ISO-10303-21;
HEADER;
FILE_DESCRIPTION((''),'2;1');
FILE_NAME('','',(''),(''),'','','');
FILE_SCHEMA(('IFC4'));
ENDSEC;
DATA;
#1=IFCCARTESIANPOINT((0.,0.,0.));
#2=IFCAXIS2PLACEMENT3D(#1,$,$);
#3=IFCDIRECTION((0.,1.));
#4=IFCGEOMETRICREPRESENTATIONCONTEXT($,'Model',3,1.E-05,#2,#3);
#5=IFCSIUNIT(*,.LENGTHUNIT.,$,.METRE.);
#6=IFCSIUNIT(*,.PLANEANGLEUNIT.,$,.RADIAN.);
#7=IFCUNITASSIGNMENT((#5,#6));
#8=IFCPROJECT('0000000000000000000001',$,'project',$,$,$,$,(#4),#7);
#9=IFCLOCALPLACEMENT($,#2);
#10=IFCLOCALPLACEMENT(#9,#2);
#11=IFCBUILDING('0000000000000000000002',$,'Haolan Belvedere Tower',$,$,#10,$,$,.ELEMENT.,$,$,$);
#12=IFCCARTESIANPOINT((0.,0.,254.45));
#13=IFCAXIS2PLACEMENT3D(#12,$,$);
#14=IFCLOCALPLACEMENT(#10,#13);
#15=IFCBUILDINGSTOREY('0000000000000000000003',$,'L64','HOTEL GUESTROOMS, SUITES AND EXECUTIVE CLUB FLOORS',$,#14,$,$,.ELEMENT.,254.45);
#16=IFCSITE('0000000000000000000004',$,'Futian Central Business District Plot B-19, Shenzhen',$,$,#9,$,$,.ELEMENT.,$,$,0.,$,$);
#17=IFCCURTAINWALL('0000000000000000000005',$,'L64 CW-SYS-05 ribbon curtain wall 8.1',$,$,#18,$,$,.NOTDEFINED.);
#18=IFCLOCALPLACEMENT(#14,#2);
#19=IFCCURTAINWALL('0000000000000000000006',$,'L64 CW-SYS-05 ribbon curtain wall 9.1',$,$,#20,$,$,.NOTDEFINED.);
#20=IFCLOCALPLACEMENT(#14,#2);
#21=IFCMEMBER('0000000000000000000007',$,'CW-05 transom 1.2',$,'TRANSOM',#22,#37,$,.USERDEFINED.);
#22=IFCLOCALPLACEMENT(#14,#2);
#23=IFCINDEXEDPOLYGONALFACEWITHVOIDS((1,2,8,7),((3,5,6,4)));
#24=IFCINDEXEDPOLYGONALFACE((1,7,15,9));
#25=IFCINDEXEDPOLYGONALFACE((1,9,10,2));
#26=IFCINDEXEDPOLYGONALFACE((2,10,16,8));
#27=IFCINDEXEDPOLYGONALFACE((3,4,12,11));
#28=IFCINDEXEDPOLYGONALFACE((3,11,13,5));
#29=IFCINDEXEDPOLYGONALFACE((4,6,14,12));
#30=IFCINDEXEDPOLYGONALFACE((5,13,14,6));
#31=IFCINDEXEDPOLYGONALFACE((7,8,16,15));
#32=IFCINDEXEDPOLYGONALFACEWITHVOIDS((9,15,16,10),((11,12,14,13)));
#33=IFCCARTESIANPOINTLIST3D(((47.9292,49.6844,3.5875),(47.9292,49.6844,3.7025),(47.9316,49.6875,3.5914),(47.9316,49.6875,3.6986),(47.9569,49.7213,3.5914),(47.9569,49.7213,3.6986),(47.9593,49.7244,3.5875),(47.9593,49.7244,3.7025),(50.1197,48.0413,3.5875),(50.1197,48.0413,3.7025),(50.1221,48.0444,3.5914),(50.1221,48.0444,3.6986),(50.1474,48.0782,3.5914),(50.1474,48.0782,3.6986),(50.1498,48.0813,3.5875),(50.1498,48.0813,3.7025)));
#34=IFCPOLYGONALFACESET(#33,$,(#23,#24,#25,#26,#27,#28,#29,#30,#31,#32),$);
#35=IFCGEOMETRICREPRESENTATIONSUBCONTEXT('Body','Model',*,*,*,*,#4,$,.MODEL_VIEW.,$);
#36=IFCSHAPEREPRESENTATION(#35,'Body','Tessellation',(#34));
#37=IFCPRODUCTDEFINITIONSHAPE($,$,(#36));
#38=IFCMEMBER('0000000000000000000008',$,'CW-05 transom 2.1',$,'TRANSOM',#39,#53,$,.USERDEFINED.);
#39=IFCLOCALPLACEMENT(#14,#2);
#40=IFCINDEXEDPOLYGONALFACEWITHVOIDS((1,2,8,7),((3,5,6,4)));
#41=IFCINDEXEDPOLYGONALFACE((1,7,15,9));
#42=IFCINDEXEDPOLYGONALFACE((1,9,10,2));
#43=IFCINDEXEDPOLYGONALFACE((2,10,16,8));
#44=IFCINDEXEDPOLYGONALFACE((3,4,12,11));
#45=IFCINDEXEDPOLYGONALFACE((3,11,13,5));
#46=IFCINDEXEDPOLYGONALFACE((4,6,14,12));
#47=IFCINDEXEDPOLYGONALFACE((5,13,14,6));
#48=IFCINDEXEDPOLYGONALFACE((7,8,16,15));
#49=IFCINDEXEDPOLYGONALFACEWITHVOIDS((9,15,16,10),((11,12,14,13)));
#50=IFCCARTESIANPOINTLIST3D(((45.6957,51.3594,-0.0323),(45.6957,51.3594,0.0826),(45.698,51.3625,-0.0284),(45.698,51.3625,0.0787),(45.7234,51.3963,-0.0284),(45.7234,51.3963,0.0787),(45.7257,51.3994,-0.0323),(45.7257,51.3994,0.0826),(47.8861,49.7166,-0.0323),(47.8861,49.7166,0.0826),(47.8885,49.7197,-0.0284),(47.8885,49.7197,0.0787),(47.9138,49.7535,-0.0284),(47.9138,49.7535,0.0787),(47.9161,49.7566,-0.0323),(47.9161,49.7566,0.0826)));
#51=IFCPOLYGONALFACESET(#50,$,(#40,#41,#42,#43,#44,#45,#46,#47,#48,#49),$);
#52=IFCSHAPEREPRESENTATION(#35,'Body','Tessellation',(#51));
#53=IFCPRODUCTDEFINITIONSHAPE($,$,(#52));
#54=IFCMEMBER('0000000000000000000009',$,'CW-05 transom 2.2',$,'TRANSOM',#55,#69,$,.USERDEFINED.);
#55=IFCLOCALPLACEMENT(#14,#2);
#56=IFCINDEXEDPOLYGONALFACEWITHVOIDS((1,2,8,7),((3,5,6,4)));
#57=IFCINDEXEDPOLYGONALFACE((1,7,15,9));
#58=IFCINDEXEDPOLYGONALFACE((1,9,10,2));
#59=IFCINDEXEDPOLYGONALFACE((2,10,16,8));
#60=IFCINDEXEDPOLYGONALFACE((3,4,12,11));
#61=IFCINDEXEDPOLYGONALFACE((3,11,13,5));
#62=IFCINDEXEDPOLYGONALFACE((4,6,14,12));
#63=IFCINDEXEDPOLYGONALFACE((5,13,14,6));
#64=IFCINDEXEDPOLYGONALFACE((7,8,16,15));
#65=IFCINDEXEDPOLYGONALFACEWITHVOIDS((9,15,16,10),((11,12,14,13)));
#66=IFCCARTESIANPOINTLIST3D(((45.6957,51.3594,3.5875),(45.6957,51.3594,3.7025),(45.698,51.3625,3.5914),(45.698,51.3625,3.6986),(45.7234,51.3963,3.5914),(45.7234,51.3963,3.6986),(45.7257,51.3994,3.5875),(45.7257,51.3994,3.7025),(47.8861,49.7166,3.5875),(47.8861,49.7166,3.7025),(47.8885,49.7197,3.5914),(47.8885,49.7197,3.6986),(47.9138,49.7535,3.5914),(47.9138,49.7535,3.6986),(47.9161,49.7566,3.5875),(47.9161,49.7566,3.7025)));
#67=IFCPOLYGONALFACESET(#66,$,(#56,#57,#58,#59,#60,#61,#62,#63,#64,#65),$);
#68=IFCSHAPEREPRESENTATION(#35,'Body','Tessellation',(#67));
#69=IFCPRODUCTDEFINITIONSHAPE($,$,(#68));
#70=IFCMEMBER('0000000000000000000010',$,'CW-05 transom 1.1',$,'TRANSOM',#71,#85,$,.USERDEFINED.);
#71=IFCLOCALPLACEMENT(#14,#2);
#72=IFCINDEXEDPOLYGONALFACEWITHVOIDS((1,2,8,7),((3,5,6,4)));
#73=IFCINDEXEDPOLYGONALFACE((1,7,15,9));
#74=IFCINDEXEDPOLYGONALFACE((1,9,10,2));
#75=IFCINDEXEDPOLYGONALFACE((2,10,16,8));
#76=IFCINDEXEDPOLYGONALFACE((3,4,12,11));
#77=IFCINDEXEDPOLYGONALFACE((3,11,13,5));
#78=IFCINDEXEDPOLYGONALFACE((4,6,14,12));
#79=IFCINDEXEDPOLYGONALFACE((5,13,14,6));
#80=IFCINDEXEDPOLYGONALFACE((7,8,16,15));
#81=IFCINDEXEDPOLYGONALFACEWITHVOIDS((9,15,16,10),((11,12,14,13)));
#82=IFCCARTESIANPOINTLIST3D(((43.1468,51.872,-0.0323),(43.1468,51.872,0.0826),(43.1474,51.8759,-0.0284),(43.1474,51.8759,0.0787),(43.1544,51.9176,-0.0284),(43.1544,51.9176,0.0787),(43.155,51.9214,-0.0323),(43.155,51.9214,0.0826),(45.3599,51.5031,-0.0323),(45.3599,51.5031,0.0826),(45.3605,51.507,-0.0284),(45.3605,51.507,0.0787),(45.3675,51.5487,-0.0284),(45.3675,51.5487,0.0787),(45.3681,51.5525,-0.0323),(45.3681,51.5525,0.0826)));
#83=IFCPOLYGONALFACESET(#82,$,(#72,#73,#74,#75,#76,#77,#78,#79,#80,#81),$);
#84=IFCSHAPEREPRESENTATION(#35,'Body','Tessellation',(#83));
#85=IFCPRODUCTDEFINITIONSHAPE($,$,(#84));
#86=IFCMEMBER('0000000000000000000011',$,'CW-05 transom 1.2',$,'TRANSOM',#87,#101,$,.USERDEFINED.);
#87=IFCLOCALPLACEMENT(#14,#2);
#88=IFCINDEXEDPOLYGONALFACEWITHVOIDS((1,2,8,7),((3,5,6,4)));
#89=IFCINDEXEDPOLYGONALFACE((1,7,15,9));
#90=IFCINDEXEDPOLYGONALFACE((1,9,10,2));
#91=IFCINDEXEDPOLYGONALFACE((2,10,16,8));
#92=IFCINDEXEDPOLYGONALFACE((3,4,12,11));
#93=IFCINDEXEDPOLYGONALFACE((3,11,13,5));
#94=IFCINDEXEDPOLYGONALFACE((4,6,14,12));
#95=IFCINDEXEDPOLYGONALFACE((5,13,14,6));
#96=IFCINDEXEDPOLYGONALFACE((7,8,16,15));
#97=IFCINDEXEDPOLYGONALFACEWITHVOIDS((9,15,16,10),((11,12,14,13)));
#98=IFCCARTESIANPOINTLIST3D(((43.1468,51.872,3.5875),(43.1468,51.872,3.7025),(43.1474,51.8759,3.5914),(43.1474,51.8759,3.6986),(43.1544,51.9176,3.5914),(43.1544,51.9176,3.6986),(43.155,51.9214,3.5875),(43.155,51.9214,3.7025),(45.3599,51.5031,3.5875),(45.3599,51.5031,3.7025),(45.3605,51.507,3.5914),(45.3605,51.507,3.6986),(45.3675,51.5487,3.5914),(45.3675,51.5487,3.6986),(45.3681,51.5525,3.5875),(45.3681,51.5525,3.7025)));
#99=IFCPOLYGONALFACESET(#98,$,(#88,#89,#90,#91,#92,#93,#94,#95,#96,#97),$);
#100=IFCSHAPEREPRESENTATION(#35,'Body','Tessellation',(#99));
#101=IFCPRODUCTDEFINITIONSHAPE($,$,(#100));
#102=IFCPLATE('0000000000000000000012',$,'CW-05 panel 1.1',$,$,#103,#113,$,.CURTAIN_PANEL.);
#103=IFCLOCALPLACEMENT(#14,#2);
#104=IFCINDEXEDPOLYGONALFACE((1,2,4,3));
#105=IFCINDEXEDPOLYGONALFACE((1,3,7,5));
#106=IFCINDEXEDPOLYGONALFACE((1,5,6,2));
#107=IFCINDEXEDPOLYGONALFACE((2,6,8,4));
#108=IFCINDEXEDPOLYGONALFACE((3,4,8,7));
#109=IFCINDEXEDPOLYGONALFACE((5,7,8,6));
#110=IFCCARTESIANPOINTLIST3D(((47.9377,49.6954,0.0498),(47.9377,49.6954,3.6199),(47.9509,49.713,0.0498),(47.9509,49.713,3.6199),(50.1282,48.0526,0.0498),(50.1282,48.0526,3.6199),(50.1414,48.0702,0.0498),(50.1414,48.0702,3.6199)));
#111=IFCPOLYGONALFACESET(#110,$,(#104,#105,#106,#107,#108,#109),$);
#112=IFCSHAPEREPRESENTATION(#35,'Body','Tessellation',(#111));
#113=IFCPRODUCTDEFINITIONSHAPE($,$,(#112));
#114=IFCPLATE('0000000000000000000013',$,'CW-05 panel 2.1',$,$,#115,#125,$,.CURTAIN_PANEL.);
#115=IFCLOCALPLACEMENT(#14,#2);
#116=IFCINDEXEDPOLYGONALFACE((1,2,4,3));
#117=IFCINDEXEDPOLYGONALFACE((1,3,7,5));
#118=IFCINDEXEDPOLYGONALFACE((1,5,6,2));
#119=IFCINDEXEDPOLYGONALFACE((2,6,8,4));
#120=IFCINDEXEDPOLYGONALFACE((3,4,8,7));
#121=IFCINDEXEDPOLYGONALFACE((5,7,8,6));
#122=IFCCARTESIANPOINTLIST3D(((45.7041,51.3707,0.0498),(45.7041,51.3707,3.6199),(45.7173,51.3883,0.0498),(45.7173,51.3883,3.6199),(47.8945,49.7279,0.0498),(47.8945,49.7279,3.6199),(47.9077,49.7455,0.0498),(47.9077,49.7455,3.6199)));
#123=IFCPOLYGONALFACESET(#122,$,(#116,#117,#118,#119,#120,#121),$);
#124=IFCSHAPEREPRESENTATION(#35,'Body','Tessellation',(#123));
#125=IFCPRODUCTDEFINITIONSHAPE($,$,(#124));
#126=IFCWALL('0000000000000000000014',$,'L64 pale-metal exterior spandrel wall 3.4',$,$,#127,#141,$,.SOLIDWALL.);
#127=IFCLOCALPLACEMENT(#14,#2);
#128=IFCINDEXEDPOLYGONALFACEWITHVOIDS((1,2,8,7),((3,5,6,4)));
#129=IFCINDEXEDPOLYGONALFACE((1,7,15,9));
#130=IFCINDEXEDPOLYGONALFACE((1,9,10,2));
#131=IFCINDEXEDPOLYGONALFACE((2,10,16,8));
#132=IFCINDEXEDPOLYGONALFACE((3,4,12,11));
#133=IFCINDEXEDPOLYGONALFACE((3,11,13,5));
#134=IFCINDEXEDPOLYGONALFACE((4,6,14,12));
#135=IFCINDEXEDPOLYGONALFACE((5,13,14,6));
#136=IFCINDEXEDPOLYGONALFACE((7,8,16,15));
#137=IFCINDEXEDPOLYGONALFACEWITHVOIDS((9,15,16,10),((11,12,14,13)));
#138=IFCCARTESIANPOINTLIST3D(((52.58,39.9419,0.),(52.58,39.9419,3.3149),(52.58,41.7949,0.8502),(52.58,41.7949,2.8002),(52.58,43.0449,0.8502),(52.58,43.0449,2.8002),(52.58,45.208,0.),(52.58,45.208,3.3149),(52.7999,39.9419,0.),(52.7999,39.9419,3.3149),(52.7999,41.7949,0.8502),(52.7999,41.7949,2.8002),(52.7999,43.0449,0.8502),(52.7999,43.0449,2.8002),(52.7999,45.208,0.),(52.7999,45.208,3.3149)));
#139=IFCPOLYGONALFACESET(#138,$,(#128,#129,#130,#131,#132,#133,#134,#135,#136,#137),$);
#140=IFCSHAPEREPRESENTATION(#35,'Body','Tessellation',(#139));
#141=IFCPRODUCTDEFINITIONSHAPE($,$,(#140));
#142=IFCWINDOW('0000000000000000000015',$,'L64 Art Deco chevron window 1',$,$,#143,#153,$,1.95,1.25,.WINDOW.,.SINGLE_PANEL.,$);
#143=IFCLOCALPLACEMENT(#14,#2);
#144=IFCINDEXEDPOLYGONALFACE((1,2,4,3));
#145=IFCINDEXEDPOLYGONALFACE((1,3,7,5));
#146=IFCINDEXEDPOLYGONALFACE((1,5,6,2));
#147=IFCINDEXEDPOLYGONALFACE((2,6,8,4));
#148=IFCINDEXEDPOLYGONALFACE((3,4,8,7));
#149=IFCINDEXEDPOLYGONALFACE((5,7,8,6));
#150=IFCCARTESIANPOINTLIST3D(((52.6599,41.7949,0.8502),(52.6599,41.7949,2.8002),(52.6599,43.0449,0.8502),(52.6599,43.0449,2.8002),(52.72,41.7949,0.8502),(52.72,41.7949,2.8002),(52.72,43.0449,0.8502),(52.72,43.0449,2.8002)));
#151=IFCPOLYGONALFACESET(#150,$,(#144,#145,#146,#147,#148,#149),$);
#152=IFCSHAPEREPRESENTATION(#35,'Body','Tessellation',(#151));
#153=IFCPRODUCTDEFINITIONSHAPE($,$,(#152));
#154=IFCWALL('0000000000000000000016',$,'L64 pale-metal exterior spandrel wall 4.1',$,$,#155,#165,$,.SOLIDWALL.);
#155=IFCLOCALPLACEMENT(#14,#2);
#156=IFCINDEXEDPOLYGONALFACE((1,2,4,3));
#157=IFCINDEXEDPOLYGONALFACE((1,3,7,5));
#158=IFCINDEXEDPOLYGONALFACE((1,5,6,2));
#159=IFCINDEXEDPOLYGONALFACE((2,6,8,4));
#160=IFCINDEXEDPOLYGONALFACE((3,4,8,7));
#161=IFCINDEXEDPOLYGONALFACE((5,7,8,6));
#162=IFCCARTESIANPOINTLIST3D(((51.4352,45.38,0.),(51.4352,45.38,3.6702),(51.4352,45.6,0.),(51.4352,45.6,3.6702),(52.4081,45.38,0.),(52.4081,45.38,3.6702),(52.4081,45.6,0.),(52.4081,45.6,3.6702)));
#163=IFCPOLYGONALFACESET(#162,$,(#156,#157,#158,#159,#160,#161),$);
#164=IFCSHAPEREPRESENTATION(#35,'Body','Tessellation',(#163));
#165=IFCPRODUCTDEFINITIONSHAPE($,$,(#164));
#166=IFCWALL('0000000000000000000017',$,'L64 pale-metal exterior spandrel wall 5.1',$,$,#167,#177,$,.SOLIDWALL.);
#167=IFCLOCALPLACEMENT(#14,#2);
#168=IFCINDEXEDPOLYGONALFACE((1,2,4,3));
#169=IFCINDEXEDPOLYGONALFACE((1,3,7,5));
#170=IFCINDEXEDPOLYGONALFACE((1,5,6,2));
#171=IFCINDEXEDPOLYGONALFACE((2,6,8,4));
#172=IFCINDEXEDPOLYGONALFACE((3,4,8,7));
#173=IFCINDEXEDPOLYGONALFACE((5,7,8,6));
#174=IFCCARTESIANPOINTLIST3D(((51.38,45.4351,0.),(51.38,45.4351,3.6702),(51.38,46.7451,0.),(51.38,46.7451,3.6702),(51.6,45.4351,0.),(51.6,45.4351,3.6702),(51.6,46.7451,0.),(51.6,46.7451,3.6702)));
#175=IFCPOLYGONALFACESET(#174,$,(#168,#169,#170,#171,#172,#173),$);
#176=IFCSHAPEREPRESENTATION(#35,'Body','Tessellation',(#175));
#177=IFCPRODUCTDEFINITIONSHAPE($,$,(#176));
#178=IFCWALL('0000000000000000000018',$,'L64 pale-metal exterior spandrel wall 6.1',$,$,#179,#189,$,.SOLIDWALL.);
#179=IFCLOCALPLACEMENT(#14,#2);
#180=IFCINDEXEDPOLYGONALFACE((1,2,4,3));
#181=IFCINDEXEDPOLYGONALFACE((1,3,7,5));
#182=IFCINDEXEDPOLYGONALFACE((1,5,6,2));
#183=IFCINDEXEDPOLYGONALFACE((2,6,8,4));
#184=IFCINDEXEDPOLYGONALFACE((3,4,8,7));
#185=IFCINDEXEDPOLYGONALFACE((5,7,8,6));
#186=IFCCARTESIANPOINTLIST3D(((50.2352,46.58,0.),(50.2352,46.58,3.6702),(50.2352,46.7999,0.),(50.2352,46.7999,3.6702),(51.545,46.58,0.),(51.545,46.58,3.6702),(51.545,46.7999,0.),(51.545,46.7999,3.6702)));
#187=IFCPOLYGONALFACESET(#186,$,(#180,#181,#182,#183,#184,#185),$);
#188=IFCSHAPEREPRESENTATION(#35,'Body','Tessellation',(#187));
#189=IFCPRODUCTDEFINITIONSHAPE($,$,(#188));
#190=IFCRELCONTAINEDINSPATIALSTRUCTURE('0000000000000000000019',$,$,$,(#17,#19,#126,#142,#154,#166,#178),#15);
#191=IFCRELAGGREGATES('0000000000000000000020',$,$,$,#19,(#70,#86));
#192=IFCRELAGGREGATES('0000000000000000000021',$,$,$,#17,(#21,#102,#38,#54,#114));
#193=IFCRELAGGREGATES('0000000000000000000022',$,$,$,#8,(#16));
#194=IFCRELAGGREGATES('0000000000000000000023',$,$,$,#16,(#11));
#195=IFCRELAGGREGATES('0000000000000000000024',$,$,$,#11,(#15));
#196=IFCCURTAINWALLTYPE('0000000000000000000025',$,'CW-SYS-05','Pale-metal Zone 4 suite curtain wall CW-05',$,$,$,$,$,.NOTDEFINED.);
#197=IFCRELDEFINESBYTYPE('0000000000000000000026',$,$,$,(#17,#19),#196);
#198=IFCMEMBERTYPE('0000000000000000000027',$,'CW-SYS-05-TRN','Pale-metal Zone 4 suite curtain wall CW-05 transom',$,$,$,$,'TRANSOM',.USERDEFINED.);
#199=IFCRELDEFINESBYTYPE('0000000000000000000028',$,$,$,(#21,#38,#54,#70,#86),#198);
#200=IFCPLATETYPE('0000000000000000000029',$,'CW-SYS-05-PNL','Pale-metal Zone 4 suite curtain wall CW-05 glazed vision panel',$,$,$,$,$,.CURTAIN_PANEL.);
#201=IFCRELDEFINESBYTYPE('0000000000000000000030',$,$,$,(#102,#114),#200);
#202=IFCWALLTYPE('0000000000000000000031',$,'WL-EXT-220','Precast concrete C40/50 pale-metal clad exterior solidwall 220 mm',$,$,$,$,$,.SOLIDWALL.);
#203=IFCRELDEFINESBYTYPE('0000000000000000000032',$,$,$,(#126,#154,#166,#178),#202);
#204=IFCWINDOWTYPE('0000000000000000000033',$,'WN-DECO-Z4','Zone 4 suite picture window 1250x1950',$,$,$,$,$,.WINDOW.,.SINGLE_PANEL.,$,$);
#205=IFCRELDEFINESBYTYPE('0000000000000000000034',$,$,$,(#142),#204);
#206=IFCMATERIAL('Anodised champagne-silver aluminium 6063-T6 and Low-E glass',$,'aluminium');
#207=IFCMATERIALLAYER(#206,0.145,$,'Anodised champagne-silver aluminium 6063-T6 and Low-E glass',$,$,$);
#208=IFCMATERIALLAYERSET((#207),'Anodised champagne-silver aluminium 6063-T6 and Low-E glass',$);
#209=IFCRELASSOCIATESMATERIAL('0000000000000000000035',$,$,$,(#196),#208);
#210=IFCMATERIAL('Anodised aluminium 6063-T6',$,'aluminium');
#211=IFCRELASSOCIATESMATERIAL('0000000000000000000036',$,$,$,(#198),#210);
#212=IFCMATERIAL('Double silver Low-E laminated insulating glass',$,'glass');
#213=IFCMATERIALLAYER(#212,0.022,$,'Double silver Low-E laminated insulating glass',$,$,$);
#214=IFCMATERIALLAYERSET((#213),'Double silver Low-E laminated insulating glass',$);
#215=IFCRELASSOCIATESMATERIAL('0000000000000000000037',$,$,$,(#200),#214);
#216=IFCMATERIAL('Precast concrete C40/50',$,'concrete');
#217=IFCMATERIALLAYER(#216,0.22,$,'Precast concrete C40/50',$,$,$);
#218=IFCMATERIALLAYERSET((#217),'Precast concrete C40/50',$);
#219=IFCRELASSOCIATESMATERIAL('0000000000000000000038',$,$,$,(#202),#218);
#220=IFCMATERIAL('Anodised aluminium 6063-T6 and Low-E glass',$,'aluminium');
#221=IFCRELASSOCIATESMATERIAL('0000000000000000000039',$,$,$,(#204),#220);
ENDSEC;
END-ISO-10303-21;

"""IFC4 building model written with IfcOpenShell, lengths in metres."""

from ifc_helpers import new_model, si_unit, direction, frame, frame_2d, origin, origin_2d, place, context, subcontext, project, spatial, rectangle, hollow_rectangle, extrude, material, layer, layer_set, material_profile, profile_set, type_object, element, fill, aggregate, save


model = new_model("IFC4")

# Units and contexts
model_context = context("Model", 3, precision=1e-05, world=origin(), true_north=direction((0.0, 1.0)))
body_context = subcontext(model_context, "Body", "Model", "MODEL_VIEW")
ifc_project = project(units=[si_unit("LENGTHUNIT", "METRE"), si_unit("PLANEANGLEUNIT", "RADIAN")], contexts=[model_context])

# Site, building, storey
site_placement = place(None, origin())
site = spatial("IfcSite", under=ifc_project, at=site_placement, Name="Futian Central Business District Plot B-19, Shenzhen", CompositionType="ELEMENT", RefElevation=0.0)
building_placement = place(site_placement, origin())
building = spatial("IfcBuilding", under=site, at=building_placement, Name="Haolan Belvedere Tower", CompositionType="ELEMENT")
storey_placement = place(building_placement, frame((0.0, 0.0, 254.45)))
storey = spatial("IfcBuildingStorey", under=building, at=storey_placement, Name="L64", Description="HOTEL GUESTROOMS, SUITES AND EXECUTIVE CLUB FLOORS", CompositionType="ELEMENT", Elevation=254.45)

# Curtain wall
ifc_material_1 = material(Name="Anodised champagne-silver aluminium 6063-T6 and Low-E glass", Category="aluminium")
ifc_layer_1 = layer(ifc_material_1, 0.145, Name="Anodised champagne-silver aluminium 6063-T6 and Low-E glass")
ifc_layer_set_1 = layer_set([ifc_layer_1], Name="Anodised champagne-silver aluminium 6063-T6 and Low-E glass")
curtain_wall_type = type_object("IfcCurtainWallType", Name="CW-SYS-05", Description="Pale-metal Zone 4 suite curtain wall CW-05", PredefinedType="NOTDEFINED", material=ifc_layer_set_1)
curtain_wall_1_placement = place(storey_placement, origin())
curtain_wall_1 = element("IfcCurtainWall", 1, at=curtain_wall_1_placement, inside=storey, type_object=curtain_wall_type, Name="L64 CW-SYS-05 ribbon curtain wall 8.1", PredefinedType="NOTDEFINED")
ifc_material_2 = material(Name="Anodised aluminium 6063-T6", Category="aluminium")

# Curtain wall
curtain_wall_2_placement = place(storey_placement, origin())
curtain_wall_2 = element("IfcCurtainWall", 2, at=curtain_wall_2_placement, inside=storey, type_object=curtain_wall_type, Name="L64 CW-SYS-05 ribbon curtain wall 9.1", PredefinedType="NOTDEFINED")

# Members
ifc_material_profile_1 = material_profile(ifc_material_2, hollow_rectangle(XDim=0.05, YDim=0.115, WallThickness=0.0039, at=origin_2d()), Name="Anodised aluminium 6063-T6")
ifc_profile_set_1 = profile_set([ifc_material_profile_1], Name="Anodised aluminium 6063-T6")
member_type_1 = type_object("IfcMemberType", Name="CW-SYS-05-TRN", Description="Pale-metal Zone 4 suite curtain wall CW-05 transom", ElementType="TRANSOM", PredefinedType="USERDEFINED", material=ifc_profile_set_1)
member_1_placement = place(storey_placement, frame((50.1348, 48.0613, 3.645), z_axis=(-0.799957, 0.600057, 0.0), x_axis=(-0.600057, -0.799957, 0.0)))
member_1 = element("IfcMember", 3, at=member_1_placement, type_object=member_type_1, Name="CW-05 transom 1.2", ObjectType="TRANSOM", PredefinedType="USERDEFINED", context=body_context, shape_type="SweptSolid", body=[
    extrude(hollow_rectangle(XDim=0.05, YDim=0.115, WallThickness=0.0039, at=origin_2d()), origin(), (0.0, 0.0, 1.0), 2.7383),
])
member_2_placement = place(storey_placement, frame((47.9011, 49.7366, 0.0251), z_axis=(-0.8, 0.6, 0.0), x_axis=(-0.6, -0.8, 0.0)))
member_2 = element("IfcMember", 4, at=member_2_placement, type_object=member_type_1, Name="CW-05 transom 2.1", ObjectType="TRANSOM", PredefinedType="USERDEFINED", context=body_context, shape_type="SweptSolid", body=[
    extrude(hollow_rectangle(XDim=0.05, YDim=0.115, WallThickness=0.0039, at=origin_2d()), origin(), (0.0, 0.0, 1.0), 2.738),
])
member_3_placement = place(storey_placement, frame((47.9011, 49.7366, 3.645), z_axis=(-0.8, 0.6, 0.0), x_axis=(-0.6, -0.8, 0.0)))
member_3 = element("IfcMember", 5, at=member_3_placement, type_object=member_type_1, Name="CW-05 transom 2.2", ObjectType="TRANSOM", PredefinedType="USERDEFINED", context=body_context, shape_type="SweptSolid", body=[
    extrude(hollow_rectangle(XDim=0.05, YDim=0.115, WallThickness=0.0039, at=origin_2d()), origin(), (0.0, 0.0, 1.0), 2.738),
])
member_4_placement = place(storey_placement, frame((45.364, 51.5278, 0.0251), z_axis=(-0.986391, 0.164417, 0.0), x_axis=(-0.164417, -0.986391, 0.0)))
member_4 = element("IfcMember", 6, at=member_4_placement, type_object=member_type_1, Name="CW-05 transom 1.1", ObjectType="TRANSOM", PredefinedType="USERDEFINED", context=body_context, shape_type="SweptSolid", body=[
    extrude(hollow_rectangle(XDim=0.05, YDim=0.115, WallThickness=0.0039, at=origin_2d()), origin(), (0.0, 0.0, 1.0), 2.2437),
])
member_5_placement = place(storey_placement, frame((45.364, 51.5278, 3.645), z_axis=(-0.986391, 0.164417, 0.0), x_axis=(-0.164417, -0.986391, 0.0)))
member_5 = element("IfcMember", 7, at=member_5_placement, type_object=member_type_1, Name="CW-05 transom 1.2", ObjectType="TRANSOM", PredefinedType="USERDEFINED", context=body_context, shape_type="SweptSolid", body=[
    extrude(hollow_rectangle(XDim=0.05, YDim=0.115, WallThickness=0.0039, at=origin_2d()), origin(), (0.0, 0.0, 1.0), 2.2437),
])
aggregate(curtain_wall_2, [member_4, member_5])

# Plates
ifc_material_3 = material(Name="Double silver Low-E laminated insulating glass", Category="glass")
ifc_layer_2 = layer(ifc_material_3, 0.022, Name="Double silver Low-E laminated insulating glass")
ifc_layer_set_2 = layer_set([ifc_layer_2], Name="Double silver Low-E laminated insulating glass")
plate_type = type_object("IfcPlateType", Name="CW-SYS-05-PNL", Description="Pale-metal Zone 4 suite curtain wall CW-05 glazed vision panel", PredefinedType="CURTAIN_PANEL", material=ifc_layer_set_2)
plate_1_placement = place(storey_placement, frame((49.0396, 48.8828, 0.0498), z_axis=(0.0, 0.0, 1.0), x_axis=(-0.799998, 0.600003, 0.0)))
plate_1 = element("IfcPlate", 8, at=plate_1_placement, type_object=plate_type, Name="CW-05 panel 1.1", PredefinedType="CURTAIN_PANEL", context=body_context, shape_type="SweptSolid", body=[
    extrude(rectangle(XDim=2.738, YDim=0.022, at=origin_2d()), origin(), (0.0, 0.0, 1.0), 3.5701),
])
plate_2_placement = place(storey_placement, frame((46.8059, 50.5581, 0.0498), z_axis=(0.0, 0.0, 1.0), x_axis=(-0.799998, 0.600003, 0.0)))
plate_2 = element("IfcPlate", 9, at=plate_2_placement, type_object=plate_type, Name="CW-05 panel 2.1", PredefinedType="CURTAIN_PANEL", context=body_context, shape_type="SweptSolid", body=[
    extrude(rectangle(XDim=2.738, YDim=0.022, at=origin_2d()), origin(), (0.0, 0.0, 1.0), 3.5701),
])
aggregate(curtain_wall_1, [member_1, plate_1, member_2, member_3, plate_2])

# Wall, opening, window
ifc_material_4 = material(Name="Precast concrete C40/50", Category="concrete")
ifc_layer_3 = layer(ifc_material_4, 0.22, Name="Precast concrete C40/50")
ifc_layer_set_3 = layer_set([ifc_layer_3], Name="Precast concrete C40/50")
wall_type_1 = type_object("IfcWallType", Name="WL-EXT-220", Description="Precast concrete C40/50 pale-metal clad exterior solidwall 220 mm", PredefinedType="SOLIDWALL", material=ifc_layer_set_3)
wall_1_placement = place(storey_placement, frame((52.6899, 39.9419, 0.0), z_axis=(0.0, 0.0, 1.0), x_axis=(0.0, 1.0, 0.0)))
wall_1 = element("IfcWall", 10, at=wall_1_placement, inside=storey, type_object=wall_type_1, Name="L64 pale-metal exterior spandrel wall 3.4", PredefinedType="SOLIDWALL", context=body_context, shape_type="SweptSolid", body=[
    extrude(rectangle(XDim=5.2661, YDim=0.22, at=frame_2d((2.6331, 0.0))), origin(), (0.0, 0.0, 1.0), 3.3149),
])
opening_1_placement = place(wall_1_placement, frame((1.853, 0.0, 0.8501)))
opening_1 = element("IfcOpeningElement", 11, at=opening_1_placement, cuts=wall_1, PredefinedType="OPENING", context=body_context, shape_type="SweptSolid", body=[
    extrude(rectangle(XDim=1.25, YDim=1.95, at=frame_2d((0.625, 0.9751))), frame((0.0, 0.1199, 0.0), z_axis=(0.0, -1.0, 0.0), x_axis=(1.0, 0.0, 0.0)), (0.0, 0.0, 1.0), 0.24),
])
ifc_material_5 = material(Name="Anodised aluminium 6063-T6 and Low-E glass", Category="aluminium")
window_type = type_object("IfcWindowType", Name="WN-DECO-Z4", Description="Zone 4 suite picture window 1250x1950", PartitioningType="SINGLE_PANEL", PredefinedType="WINDOW", material=ifc_material_5)
window_placement = place(opening_1_placement, origin())
window = element("IfcWindow", 12, at=window_placement, inside=storey, type_object=window_type, Name="L64 Art Deco chevron window 1", OverallHeight=1.95, OverallWidth=1.25, PartitioningType="SINGLE_PANEL", PredefinedType="WINDOW", context=body_context, shape_type="SweptSolid", body=[
    extrude(rectangle(XDim=1.25, YDim=1.95, at=frame_2d((0.625, 0.9751))), frame((0.0, 0.03, 0.0), z_axis=(0.0, -1.0, 0.0), x_axis=(1.0, 0.0, 0.0)), (0.0, 0.0, 1.0), 0.0601),
])
fill(opening_1, window)

# Walls
wall_2_placement = place(storey_placement, frame((52.408, 45.49, 0.0), z_axis=(0.0, 0.0, 1.0), x_axis=(-1.0, 0.0, 0.0)))
element("IfcWall", 13, at=wall_2_placement, inside=storey, type_object=wall_type_1, Name="L64 pale-metal exterior spandrel wall 4.1", PredefinedType="SOLIDWALL", context=body_context, shape_type="SweptSolid", body=[
    extrude(rectangle(XDim=0.9729, YDim=0.22, at=frame_2d((0.4863, 0.0))), origin(), (0.0, 0.0, 1.0), 3.6702),
])
wall_3_placement = place(storey_placement, frame((51.49, 45.4351, 0.0), z_axis=(0.0, 0.0, 1.0), x_axis=(0.0, 1.0, 0.0)))
element("IfcWall", 14, at=wall_3_placement, inside=storey, type_object=wall_type_1, Name="L64 pale-metal exterior spandrel wall 5.1", PredefinedType="SOLIDWALL", context=body_context, shape_type="SweptSolid", body=[
    extrude(rectangle(XDim=1.3101, YDim=0.22, at=frame_2d((0.655, 0.0))), origin(), (0.0, 0.0, 1.0), 3.6702),
])
wall_4_placement = place(storey_placement, frame((51.5449, 46.6899, 0.0), z_axis=(0.0, 0.0, 1.0), x_axis=(-1.0, 0.0, 0.0)))
element("IfcWall", 15, at=wall_4_placement, inside=storey, type_object=wall_type_1, Name="L64 pale-metal exterior spandrel wall 6.1", PredefinedType="SOLIDWALL", context=body_context, shape_type="SweptSolid", body=[
    extrude(rectangle(XDim=1.3098, YDim=0.22, at=frame_2d((0.6548, 0.0))), origin(), (0.0, 0.0, 1.0), 3.6702),
])

save(model, "model.ifc")
